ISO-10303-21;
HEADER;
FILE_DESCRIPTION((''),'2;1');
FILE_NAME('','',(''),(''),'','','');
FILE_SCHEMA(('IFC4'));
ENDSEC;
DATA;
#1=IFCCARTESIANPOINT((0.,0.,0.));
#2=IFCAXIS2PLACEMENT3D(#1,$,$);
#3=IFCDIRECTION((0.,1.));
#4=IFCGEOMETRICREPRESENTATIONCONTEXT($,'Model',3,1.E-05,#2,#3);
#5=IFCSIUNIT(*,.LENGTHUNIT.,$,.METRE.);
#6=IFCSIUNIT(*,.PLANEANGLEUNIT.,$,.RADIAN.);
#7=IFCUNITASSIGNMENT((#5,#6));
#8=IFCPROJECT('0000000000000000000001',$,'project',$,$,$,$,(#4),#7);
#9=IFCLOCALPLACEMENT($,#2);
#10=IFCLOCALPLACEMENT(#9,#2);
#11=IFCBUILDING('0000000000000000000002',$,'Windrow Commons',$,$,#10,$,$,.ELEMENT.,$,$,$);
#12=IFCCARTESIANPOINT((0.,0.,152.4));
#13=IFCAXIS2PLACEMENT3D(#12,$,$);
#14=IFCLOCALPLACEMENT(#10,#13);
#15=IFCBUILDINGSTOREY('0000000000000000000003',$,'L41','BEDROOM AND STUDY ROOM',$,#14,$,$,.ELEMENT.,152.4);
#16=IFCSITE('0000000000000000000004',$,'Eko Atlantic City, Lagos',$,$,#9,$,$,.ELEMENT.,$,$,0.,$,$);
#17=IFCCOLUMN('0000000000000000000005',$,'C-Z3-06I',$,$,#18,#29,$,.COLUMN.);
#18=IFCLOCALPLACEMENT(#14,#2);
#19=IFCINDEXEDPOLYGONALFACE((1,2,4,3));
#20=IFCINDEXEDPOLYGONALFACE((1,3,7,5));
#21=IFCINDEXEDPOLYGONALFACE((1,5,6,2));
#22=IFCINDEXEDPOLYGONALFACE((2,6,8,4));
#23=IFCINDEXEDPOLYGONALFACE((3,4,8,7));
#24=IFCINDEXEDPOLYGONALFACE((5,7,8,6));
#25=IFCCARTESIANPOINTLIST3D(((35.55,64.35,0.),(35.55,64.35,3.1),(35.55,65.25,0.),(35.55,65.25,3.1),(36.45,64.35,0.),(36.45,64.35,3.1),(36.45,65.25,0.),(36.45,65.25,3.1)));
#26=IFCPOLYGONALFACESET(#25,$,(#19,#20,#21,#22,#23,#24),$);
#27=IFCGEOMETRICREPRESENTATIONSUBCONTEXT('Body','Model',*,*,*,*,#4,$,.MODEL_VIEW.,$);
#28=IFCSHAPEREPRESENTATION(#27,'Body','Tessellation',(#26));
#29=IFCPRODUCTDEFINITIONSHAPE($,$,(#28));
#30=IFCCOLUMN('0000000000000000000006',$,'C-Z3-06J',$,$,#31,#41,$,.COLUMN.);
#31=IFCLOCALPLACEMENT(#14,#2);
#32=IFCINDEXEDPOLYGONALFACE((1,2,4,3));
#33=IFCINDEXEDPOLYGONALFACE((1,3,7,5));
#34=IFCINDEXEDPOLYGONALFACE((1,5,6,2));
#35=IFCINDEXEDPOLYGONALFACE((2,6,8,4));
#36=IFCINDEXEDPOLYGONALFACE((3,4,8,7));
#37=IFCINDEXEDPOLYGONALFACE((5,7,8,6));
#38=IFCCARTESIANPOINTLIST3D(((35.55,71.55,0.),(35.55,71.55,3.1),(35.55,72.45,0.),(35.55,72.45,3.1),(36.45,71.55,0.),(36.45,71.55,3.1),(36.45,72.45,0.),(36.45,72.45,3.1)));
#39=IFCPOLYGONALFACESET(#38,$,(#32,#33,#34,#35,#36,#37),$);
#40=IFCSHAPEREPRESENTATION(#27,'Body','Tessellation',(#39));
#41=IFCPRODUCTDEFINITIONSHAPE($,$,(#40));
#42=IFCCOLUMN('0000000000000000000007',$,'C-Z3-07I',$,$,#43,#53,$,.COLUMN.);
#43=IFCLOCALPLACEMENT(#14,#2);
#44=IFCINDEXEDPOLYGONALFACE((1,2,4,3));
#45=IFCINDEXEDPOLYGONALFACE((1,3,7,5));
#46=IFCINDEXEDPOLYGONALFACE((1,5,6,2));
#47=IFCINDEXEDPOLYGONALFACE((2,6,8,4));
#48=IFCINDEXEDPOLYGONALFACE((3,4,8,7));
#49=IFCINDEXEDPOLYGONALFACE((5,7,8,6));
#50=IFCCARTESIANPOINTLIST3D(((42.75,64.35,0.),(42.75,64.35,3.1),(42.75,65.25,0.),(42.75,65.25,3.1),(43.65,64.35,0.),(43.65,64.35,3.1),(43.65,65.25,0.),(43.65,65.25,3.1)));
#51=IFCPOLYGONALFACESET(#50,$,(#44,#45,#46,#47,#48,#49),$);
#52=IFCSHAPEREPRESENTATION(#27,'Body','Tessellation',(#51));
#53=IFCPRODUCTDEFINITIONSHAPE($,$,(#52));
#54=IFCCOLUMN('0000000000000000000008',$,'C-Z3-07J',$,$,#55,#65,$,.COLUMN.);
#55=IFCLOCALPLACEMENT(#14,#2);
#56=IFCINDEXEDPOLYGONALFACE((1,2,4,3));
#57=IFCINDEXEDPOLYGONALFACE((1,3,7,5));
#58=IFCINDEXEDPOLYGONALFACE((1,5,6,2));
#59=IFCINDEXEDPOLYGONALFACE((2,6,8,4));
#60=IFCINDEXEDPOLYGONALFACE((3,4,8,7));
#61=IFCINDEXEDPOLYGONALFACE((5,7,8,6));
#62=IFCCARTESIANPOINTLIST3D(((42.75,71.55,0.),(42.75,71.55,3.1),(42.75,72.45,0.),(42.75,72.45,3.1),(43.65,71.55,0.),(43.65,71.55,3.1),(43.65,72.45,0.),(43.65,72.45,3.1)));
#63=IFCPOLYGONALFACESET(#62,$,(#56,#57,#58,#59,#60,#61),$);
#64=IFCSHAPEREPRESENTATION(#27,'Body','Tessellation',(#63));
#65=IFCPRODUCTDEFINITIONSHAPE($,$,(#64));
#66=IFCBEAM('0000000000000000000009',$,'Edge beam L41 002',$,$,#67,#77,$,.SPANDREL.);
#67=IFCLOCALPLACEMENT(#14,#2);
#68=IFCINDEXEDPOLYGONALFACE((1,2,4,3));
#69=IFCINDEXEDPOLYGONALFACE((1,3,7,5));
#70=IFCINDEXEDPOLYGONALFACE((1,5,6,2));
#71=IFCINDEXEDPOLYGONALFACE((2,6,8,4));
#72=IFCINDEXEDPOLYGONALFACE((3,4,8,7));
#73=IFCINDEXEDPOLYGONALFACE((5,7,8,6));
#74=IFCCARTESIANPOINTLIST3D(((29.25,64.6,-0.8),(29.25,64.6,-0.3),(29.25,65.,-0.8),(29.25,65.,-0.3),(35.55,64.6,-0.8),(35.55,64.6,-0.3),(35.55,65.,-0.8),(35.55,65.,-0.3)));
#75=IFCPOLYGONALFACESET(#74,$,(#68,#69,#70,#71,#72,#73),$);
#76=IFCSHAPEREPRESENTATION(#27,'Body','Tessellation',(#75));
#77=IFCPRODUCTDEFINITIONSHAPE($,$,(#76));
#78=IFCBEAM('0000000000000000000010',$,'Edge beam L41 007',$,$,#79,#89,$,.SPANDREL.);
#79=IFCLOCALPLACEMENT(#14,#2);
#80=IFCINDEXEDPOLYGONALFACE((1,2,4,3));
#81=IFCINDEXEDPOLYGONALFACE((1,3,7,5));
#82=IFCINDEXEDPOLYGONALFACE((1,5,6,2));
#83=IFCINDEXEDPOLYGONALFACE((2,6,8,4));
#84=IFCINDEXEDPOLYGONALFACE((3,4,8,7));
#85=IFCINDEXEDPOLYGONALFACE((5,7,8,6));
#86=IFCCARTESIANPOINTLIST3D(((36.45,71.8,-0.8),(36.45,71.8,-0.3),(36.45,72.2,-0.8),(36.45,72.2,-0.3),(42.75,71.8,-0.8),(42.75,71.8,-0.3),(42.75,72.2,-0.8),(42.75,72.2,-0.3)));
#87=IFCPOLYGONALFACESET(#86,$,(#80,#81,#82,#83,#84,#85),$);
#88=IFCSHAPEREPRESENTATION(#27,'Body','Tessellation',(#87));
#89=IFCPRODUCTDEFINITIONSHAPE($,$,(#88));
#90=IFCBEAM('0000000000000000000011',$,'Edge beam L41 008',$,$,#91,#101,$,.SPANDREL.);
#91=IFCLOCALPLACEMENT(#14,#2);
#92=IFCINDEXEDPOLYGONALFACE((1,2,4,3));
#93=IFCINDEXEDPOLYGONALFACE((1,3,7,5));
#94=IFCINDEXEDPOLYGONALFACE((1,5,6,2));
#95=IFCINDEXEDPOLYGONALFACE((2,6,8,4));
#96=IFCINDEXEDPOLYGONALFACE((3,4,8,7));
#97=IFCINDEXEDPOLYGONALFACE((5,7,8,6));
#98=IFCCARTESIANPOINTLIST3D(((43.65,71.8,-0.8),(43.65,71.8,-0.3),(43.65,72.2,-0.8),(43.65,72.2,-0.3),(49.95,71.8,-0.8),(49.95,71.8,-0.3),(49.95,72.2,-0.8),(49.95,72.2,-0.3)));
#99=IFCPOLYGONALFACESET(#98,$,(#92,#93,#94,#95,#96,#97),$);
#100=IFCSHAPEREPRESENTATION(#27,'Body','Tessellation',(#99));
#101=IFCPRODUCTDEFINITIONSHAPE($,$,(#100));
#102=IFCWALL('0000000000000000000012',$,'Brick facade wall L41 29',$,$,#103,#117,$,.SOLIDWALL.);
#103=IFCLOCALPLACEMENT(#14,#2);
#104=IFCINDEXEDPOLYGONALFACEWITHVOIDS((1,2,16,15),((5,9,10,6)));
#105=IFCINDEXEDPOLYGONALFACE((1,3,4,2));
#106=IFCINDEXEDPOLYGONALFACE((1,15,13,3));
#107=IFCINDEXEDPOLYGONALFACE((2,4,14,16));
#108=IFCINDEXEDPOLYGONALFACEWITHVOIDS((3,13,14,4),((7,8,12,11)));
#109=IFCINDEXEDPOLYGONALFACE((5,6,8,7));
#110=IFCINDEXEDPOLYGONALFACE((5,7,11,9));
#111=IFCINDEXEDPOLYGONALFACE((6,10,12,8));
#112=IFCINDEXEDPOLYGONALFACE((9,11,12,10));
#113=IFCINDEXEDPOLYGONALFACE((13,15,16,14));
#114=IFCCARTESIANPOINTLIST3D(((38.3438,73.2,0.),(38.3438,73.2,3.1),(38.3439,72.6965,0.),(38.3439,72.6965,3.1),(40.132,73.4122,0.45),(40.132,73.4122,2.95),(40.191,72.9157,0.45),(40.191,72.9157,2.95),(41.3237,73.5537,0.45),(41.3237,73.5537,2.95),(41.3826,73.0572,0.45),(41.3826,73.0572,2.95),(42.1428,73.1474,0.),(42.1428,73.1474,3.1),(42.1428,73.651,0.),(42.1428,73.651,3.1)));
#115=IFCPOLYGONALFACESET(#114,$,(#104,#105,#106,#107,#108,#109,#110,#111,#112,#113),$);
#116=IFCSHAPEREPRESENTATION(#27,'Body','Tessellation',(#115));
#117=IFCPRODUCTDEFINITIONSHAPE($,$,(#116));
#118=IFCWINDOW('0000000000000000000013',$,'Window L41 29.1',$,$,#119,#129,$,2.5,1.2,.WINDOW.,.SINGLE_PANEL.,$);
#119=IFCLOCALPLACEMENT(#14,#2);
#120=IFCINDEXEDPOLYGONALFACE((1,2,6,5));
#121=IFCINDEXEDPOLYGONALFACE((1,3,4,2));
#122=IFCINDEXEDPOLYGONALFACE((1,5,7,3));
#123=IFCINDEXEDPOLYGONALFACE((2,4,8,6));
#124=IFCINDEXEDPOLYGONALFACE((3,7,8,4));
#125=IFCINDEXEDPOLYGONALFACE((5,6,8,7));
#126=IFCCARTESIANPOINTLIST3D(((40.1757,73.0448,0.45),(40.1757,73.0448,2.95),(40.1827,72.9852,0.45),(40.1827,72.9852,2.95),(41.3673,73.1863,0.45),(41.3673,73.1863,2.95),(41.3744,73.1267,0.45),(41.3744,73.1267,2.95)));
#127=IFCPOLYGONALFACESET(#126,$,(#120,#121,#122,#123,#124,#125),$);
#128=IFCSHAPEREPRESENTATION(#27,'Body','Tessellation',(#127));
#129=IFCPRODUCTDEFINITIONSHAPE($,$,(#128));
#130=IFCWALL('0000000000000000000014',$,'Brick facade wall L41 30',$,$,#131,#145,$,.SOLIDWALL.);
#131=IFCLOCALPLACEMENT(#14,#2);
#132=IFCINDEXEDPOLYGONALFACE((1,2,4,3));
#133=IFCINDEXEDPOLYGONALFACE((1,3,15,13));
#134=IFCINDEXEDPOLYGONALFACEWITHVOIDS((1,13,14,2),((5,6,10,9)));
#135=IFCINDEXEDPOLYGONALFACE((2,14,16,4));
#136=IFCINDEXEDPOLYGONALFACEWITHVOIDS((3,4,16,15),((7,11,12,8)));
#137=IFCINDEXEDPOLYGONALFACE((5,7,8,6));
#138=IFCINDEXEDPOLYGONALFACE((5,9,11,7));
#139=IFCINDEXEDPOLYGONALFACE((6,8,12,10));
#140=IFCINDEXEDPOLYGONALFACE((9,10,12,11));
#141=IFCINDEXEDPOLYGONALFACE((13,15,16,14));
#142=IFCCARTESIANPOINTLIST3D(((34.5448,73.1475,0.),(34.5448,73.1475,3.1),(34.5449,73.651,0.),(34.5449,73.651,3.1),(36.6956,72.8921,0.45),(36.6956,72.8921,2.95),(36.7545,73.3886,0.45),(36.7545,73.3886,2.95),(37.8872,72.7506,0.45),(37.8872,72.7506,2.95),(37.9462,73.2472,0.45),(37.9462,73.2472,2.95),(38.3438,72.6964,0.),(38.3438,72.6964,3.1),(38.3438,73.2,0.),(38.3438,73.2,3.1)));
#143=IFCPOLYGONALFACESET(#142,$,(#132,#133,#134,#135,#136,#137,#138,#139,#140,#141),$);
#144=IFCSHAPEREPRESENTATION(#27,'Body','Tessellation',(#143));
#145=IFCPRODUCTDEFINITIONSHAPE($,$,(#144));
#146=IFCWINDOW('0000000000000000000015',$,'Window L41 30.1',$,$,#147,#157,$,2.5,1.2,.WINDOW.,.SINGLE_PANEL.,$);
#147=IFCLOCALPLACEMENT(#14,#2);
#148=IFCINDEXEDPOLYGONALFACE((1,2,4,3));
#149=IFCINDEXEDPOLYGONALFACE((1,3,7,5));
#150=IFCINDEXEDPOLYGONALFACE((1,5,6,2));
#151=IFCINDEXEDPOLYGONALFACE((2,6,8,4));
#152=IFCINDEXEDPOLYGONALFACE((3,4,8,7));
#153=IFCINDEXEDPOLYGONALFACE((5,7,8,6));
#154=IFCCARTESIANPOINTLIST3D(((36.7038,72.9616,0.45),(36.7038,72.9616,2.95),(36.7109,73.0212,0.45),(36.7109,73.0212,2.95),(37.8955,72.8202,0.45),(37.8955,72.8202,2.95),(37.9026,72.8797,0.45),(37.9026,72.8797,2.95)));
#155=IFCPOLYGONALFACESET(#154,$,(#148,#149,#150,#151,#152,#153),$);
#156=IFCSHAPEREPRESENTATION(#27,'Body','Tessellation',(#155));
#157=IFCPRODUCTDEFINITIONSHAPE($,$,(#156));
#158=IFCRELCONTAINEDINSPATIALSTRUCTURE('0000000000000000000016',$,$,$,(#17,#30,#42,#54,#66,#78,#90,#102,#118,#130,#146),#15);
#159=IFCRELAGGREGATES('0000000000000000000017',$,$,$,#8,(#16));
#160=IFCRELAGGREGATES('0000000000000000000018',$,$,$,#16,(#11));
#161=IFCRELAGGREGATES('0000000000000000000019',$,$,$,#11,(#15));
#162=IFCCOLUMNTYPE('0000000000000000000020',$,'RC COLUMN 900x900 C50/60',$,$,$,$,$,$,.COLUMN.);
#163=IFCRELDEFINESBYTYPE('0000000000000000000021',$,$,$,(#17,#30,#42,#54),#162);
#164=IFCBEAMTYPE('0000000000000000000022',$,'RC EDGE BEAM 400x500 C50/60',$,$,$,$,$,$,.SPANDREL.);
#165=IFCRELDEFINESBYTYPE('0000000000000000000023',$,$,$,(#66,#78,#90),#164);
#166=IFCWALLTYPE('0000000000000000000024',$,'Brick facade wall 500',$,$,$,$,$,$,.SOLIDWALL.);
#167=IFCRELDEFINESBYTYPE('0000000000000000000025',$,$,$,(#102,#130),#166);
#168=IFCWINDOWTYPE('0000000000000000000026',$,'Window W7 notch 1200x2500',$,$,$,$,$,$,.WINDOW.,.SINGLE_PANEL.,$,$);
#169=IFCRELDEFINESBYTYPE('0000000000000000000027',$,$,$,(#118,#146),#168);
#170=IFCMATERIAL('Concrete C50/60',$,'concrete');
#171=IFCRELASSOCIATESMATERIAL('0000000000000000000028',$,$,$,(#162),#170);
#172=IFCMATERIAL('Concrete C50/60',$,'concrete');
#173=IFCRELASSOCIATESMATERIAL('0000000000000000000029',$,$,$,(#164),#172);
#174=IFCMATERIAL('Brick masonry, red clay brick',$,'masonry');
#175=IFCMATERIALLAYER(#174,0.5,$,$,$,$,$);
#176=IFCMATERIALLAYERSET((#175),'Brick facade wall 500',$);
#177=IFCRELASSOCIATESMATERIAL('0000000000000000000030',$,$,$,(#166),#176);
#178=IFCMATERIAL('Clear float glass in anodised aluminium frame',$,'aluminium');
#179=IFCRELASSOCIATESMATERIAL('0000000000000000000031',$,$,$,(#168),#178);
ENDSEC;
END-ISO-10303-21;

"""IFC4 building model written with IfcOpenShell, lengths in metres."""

from ifc_helpers import new_model, si_unit, direction, frame, frame_2d, origin, origin_2d, place, context, subcontext, project, spatial, polyline, rectangle, outline, extrude, material, layer, layer_set, material_profile, profile_set, type_object, element, fill, save


model = new_model("IFC4")

# Units and contexts
model_context = context("Model", 3, precision=1e-05, world=origin(), true_north=direction((0.0, 1.0)))
body_context = subcontext(model_context, "Body", "Model", "MODEL_VIEW")
ifc_project = project(units=[si_unit("LENGTHUNIT", "METRE"), si_unit("PLANEANGLEUNIT", "RADIAN")], contexts=[model_context])

# Site, building, storey
site_placement = place(None, origin())
site = spatial("IfcSite", under=ifc_project, at=site_placement, Name="Eko Atlantic City, Lagos", CompositionType="ELEMENT", RefElevation=0.0)
building_placement = place(site_placement, origin())
building = spatial("IfcBuilding", under=site, at=building_placement, Name="Windrow Commons", CompositionType="ELEMENT")
storey_placement = place(building_placement, frame((0.0, 0.0, 152.4)))
storey = spatial("IfcBuildingStorey", under=building, at=storey_placement, Name="L41", Description="BEDROOM AND STUDY ROOM", CompositionType="ELEMENT", Elevation=152.4)

# Columns
ifc_material_1 = material(Name="Concrete C50/60", Category="concrete")
ifc_material_profile_1 = material_profile(ifc_material_1, rectangle(XDim=0.9, YDim=0.9, at=origin_2d()))
ifc_profile_set_1 = profile_set([ifc_material_profile_1], Name="Concrete C50/60")
column_type = type_object("IfcColumnType", Name="RC COLUMN 900x900 C50/60", PredefinedType="COLUMN", material=ifc_profile_set_1)
for number, where, z_axis, x_axis, name in (
    (1, (36.0, 64.8, 0.0), (0.0, 0.0, 1.0), (1.0, 0.0, 0.0), "C-Z3-06I"),
    (2, (36.0, 72.0, 0.0), (0.0, 0.0, 1.0), (1.0, 0.0, 0.0), "C-Z3-06J"),
    (3, (43.2, 64.8, 0.0), (0.0, 0.0, 1.0), (1.0, 0.0, 0.0), "C-Z3-07I"),
    (4, (43.2, 72.0, 0.0), (0.0, 0.0, 1.0), (1.0, 0.0, 0.0), "C-Z3-07J"),
):
    element("IfcColumn", number, at=place(storey_placement, frame(where, z_axis=z_axis, x_axis=x_axis)), inside=storey, type_object=column_type, Name=name, PredefinedType="COLUMN", context=body_context, shape_type="SweptSolid", body=[
        extrude(rectangle(XDim=0.9, YDim=0.9, at=origin_2d()), origin(), (0.0, 0.0, 1.0), 3.1),
    ])

# Beams
ifc_material_2 = material(Name="Concrete C50/60", Category="concrete")
ifc_material_profile_2 = material_profile(ifc_material_2, rectangle(XDim=0.4, YDim=0.5, at=origin_2d()))
ifc_profile_set_2 = profile_set([ifc_material_profile_2], Name="Concrete C50/60")
beam_type = type_object("IfcBeamType", Name="RC EDGE BEAM 400x500 C50/60", PredefinedType="SPANDREL", material=ifc_profile_set_2)
for number, where, z_axis, x_axis, name in (
    (5, (35.55, 64.8, -0.55), (-1.0, 0.0, 0.0), (0.0, -1.0, 0.0), "Edge beam L41 002"),
    (6, (36.45, 72.0, -0.55), (1.0, 0.0, 0.0), (0.0, 1.0, 0.0), "Edge beam L41 007"),
    (7, (43.65, 72.0, -0.55), (1.0, 0.0, 0.0), (0.0, 1.0, 0.0), "Edge beam L41 008"),
):
    element("IfcBeam", number, at=place(storey_placement, frame(where, z_axis=z_axis, x_axis=x_axis)), inside=storey, type_object=beam_type, Name=name, PredefinedType="SPANDREL", context=body_context, shape_type="SweptSolid", body=[
        extrude(rectangle(XDim=0.4, YDim=0.5, at=origin_2d()), origin(), (0.0, 0.0, 1.0), 6.3),
    ])

# Walls, openings, windows
ifc_material_3 = material(Name="Brick masonry, red clay brick", Category="masonry")
ifc_layer_1 = layer(ifc_material_3, 0.5)
ifc_layer_set_1 = layer_set([ifc_layer_1], Name="Brick facade wall 500")
wall_type_1 = type_object("IfcWallType", Name="Brick facade wall 500", PredefinedType="SOLIDWALL", material=ifc_layer_set_1)
wall_1_placement = place(storey_placement, frame((42.1428, 73.3992, 0.0), z_axis=(0.0, 0.0, 1.0), x_axis=(-0.993027, -0.117888, 0.0)))
wall_1 = element("IfcWall", 8, at=wall_1_placement, inside=storey, type_object=wall_type_1, Name="Brick facade wall L41 29", PredefinedType="SOLIDWALL", context=body_context, shape_type="SweptSolid", body=[
    extrude(outline(polyline([(-0.0297, -0.25), (3.796, -0.25), (3.8553, 0.25), (0.0297, 0.25), (-0.0297, -0.25)])), origin(), (0.0, 0.0, 1.0), 3.1),
])
opening_1_placement = place(wall_1_placement, frame((0.7952, 0.0, 0.45)))
opening_1 = element("IfcOpeningElement", 9, at=opening_1_placement, cuts=wall_1, PredefinedType="OPENING", context=body_context, shape_type="SweptSolid", body=[
    extrude(rectangle(XDim=1.2, YDim=2.5, at=frame_2d((0.6, 1.25))), frame((0.0, 0.26, 0.0), z_axis=(0.0, -1.0, 0.0), x_axis=(1.0, 0.0, 0.0)), (0.0, 0.0, 1.0), 0.52),
])
ifc_material_4 = material(Name="Clear float glass in anodised aluminium frame", Category="aluminium")
window_type = type_object("IfcWindowType", Name="Window W7 notch 1200x2500", PartitioningType="SINGLE_PANEL", PredefinedType="WINDOW", material=ifc_material_4)
window_1_placement = place(opening_1_placement, origin())
window_1 = element("IfcWindow", 10, at=window_1_placement, inside=storey, type_object=window_type, Name="Window L41 29.1", OverallHeight=2.5, OverallWidth=1.2, PartitioningType="SINGLE_PANEL", PredefinedType="WINDOW", context=body_context, shape_type="SweptSolid", body=[
    extrude(rectangle(XDim=1.2, YDim=2.5, at=frame_2d((0.6, 1.25))), frame((0.0, 0.18, 0.0), z_axis=(0.0, -1.0, 0.0), x_axis=(1.0, 0.0, 0.0)), (0.0, 0.0, 1.0), 0.06),
])
fill(opening_1, window_1)
wall_2_placement = place(storey_placement, frame((38.3438, 72.9482, 0.0), z_axis=(0.0, 0.0, 1.0), x_axis=(-0.993027, 0.117891, 0.0)))
wall_2 = element("IfcWall", 11, at=wall_2_placement, inside=storey, type_object=wall_type_1, Name="Brick facade wall L41 30", PredefinedType="SOLIDWALL", context=body_context, shape_type="SweptSolid", body=[
    extrude(outline(polyline([(0.0297, -0.25), (3.8553, -0.25), (3.796, 0.25), (-0.0297, 0.25), (0.0297, -0.25)])), origin(), (0.0, 0.0, 1.0), 3.1),
])
opening_2_placement = place(wall_2_placement, frame((0.4301, 0.0, 0.45)))
opening_2 = element("IfcOpeningElement", 12, at=opening_2_placement, cuts=wall_2, PredefinedType="OPENING", context=body_context, shape_type="SweptSolid", body=[
    extrude(rectangle(XDim=1.2, YDim=2.5, at=frame_2d((0.6, 1.25))), frame((0.0, 0.26, 0.0), z_axis=(0.0, -1.0, 0.0), x_axis=(1.0, 0.0, 0.0)), (0.0, 0.0, 1.0), 0.52),
])
window_2_placement = place(opening_2_placement, origin())
window_2 = element("IfcWindow", 13, at=window_2_placement, inside=storey, type_object=window_type, Name="Window L41 30.1", OverallHeight=2.5, OverallWidth=1.2, PartitioningType="SINGLE_PANEL", PredefinedType="WINDOW", context=body_context, shape_type="SweptSolid", body=[
    extrude(rectangle(XDim=1.2, YDim=2.5, at=frame_2d((0.6, 1.25))), frame((0.0, 0.18, 0.0), z_axis=(0.0, -1.0, 0.0), x_axis=(1.0, 0.0, 0.0)), (0.0, 0.0, 1.0), 0.06),
])
fill(opening_2, window_2)

save(model, "model.ifc")
